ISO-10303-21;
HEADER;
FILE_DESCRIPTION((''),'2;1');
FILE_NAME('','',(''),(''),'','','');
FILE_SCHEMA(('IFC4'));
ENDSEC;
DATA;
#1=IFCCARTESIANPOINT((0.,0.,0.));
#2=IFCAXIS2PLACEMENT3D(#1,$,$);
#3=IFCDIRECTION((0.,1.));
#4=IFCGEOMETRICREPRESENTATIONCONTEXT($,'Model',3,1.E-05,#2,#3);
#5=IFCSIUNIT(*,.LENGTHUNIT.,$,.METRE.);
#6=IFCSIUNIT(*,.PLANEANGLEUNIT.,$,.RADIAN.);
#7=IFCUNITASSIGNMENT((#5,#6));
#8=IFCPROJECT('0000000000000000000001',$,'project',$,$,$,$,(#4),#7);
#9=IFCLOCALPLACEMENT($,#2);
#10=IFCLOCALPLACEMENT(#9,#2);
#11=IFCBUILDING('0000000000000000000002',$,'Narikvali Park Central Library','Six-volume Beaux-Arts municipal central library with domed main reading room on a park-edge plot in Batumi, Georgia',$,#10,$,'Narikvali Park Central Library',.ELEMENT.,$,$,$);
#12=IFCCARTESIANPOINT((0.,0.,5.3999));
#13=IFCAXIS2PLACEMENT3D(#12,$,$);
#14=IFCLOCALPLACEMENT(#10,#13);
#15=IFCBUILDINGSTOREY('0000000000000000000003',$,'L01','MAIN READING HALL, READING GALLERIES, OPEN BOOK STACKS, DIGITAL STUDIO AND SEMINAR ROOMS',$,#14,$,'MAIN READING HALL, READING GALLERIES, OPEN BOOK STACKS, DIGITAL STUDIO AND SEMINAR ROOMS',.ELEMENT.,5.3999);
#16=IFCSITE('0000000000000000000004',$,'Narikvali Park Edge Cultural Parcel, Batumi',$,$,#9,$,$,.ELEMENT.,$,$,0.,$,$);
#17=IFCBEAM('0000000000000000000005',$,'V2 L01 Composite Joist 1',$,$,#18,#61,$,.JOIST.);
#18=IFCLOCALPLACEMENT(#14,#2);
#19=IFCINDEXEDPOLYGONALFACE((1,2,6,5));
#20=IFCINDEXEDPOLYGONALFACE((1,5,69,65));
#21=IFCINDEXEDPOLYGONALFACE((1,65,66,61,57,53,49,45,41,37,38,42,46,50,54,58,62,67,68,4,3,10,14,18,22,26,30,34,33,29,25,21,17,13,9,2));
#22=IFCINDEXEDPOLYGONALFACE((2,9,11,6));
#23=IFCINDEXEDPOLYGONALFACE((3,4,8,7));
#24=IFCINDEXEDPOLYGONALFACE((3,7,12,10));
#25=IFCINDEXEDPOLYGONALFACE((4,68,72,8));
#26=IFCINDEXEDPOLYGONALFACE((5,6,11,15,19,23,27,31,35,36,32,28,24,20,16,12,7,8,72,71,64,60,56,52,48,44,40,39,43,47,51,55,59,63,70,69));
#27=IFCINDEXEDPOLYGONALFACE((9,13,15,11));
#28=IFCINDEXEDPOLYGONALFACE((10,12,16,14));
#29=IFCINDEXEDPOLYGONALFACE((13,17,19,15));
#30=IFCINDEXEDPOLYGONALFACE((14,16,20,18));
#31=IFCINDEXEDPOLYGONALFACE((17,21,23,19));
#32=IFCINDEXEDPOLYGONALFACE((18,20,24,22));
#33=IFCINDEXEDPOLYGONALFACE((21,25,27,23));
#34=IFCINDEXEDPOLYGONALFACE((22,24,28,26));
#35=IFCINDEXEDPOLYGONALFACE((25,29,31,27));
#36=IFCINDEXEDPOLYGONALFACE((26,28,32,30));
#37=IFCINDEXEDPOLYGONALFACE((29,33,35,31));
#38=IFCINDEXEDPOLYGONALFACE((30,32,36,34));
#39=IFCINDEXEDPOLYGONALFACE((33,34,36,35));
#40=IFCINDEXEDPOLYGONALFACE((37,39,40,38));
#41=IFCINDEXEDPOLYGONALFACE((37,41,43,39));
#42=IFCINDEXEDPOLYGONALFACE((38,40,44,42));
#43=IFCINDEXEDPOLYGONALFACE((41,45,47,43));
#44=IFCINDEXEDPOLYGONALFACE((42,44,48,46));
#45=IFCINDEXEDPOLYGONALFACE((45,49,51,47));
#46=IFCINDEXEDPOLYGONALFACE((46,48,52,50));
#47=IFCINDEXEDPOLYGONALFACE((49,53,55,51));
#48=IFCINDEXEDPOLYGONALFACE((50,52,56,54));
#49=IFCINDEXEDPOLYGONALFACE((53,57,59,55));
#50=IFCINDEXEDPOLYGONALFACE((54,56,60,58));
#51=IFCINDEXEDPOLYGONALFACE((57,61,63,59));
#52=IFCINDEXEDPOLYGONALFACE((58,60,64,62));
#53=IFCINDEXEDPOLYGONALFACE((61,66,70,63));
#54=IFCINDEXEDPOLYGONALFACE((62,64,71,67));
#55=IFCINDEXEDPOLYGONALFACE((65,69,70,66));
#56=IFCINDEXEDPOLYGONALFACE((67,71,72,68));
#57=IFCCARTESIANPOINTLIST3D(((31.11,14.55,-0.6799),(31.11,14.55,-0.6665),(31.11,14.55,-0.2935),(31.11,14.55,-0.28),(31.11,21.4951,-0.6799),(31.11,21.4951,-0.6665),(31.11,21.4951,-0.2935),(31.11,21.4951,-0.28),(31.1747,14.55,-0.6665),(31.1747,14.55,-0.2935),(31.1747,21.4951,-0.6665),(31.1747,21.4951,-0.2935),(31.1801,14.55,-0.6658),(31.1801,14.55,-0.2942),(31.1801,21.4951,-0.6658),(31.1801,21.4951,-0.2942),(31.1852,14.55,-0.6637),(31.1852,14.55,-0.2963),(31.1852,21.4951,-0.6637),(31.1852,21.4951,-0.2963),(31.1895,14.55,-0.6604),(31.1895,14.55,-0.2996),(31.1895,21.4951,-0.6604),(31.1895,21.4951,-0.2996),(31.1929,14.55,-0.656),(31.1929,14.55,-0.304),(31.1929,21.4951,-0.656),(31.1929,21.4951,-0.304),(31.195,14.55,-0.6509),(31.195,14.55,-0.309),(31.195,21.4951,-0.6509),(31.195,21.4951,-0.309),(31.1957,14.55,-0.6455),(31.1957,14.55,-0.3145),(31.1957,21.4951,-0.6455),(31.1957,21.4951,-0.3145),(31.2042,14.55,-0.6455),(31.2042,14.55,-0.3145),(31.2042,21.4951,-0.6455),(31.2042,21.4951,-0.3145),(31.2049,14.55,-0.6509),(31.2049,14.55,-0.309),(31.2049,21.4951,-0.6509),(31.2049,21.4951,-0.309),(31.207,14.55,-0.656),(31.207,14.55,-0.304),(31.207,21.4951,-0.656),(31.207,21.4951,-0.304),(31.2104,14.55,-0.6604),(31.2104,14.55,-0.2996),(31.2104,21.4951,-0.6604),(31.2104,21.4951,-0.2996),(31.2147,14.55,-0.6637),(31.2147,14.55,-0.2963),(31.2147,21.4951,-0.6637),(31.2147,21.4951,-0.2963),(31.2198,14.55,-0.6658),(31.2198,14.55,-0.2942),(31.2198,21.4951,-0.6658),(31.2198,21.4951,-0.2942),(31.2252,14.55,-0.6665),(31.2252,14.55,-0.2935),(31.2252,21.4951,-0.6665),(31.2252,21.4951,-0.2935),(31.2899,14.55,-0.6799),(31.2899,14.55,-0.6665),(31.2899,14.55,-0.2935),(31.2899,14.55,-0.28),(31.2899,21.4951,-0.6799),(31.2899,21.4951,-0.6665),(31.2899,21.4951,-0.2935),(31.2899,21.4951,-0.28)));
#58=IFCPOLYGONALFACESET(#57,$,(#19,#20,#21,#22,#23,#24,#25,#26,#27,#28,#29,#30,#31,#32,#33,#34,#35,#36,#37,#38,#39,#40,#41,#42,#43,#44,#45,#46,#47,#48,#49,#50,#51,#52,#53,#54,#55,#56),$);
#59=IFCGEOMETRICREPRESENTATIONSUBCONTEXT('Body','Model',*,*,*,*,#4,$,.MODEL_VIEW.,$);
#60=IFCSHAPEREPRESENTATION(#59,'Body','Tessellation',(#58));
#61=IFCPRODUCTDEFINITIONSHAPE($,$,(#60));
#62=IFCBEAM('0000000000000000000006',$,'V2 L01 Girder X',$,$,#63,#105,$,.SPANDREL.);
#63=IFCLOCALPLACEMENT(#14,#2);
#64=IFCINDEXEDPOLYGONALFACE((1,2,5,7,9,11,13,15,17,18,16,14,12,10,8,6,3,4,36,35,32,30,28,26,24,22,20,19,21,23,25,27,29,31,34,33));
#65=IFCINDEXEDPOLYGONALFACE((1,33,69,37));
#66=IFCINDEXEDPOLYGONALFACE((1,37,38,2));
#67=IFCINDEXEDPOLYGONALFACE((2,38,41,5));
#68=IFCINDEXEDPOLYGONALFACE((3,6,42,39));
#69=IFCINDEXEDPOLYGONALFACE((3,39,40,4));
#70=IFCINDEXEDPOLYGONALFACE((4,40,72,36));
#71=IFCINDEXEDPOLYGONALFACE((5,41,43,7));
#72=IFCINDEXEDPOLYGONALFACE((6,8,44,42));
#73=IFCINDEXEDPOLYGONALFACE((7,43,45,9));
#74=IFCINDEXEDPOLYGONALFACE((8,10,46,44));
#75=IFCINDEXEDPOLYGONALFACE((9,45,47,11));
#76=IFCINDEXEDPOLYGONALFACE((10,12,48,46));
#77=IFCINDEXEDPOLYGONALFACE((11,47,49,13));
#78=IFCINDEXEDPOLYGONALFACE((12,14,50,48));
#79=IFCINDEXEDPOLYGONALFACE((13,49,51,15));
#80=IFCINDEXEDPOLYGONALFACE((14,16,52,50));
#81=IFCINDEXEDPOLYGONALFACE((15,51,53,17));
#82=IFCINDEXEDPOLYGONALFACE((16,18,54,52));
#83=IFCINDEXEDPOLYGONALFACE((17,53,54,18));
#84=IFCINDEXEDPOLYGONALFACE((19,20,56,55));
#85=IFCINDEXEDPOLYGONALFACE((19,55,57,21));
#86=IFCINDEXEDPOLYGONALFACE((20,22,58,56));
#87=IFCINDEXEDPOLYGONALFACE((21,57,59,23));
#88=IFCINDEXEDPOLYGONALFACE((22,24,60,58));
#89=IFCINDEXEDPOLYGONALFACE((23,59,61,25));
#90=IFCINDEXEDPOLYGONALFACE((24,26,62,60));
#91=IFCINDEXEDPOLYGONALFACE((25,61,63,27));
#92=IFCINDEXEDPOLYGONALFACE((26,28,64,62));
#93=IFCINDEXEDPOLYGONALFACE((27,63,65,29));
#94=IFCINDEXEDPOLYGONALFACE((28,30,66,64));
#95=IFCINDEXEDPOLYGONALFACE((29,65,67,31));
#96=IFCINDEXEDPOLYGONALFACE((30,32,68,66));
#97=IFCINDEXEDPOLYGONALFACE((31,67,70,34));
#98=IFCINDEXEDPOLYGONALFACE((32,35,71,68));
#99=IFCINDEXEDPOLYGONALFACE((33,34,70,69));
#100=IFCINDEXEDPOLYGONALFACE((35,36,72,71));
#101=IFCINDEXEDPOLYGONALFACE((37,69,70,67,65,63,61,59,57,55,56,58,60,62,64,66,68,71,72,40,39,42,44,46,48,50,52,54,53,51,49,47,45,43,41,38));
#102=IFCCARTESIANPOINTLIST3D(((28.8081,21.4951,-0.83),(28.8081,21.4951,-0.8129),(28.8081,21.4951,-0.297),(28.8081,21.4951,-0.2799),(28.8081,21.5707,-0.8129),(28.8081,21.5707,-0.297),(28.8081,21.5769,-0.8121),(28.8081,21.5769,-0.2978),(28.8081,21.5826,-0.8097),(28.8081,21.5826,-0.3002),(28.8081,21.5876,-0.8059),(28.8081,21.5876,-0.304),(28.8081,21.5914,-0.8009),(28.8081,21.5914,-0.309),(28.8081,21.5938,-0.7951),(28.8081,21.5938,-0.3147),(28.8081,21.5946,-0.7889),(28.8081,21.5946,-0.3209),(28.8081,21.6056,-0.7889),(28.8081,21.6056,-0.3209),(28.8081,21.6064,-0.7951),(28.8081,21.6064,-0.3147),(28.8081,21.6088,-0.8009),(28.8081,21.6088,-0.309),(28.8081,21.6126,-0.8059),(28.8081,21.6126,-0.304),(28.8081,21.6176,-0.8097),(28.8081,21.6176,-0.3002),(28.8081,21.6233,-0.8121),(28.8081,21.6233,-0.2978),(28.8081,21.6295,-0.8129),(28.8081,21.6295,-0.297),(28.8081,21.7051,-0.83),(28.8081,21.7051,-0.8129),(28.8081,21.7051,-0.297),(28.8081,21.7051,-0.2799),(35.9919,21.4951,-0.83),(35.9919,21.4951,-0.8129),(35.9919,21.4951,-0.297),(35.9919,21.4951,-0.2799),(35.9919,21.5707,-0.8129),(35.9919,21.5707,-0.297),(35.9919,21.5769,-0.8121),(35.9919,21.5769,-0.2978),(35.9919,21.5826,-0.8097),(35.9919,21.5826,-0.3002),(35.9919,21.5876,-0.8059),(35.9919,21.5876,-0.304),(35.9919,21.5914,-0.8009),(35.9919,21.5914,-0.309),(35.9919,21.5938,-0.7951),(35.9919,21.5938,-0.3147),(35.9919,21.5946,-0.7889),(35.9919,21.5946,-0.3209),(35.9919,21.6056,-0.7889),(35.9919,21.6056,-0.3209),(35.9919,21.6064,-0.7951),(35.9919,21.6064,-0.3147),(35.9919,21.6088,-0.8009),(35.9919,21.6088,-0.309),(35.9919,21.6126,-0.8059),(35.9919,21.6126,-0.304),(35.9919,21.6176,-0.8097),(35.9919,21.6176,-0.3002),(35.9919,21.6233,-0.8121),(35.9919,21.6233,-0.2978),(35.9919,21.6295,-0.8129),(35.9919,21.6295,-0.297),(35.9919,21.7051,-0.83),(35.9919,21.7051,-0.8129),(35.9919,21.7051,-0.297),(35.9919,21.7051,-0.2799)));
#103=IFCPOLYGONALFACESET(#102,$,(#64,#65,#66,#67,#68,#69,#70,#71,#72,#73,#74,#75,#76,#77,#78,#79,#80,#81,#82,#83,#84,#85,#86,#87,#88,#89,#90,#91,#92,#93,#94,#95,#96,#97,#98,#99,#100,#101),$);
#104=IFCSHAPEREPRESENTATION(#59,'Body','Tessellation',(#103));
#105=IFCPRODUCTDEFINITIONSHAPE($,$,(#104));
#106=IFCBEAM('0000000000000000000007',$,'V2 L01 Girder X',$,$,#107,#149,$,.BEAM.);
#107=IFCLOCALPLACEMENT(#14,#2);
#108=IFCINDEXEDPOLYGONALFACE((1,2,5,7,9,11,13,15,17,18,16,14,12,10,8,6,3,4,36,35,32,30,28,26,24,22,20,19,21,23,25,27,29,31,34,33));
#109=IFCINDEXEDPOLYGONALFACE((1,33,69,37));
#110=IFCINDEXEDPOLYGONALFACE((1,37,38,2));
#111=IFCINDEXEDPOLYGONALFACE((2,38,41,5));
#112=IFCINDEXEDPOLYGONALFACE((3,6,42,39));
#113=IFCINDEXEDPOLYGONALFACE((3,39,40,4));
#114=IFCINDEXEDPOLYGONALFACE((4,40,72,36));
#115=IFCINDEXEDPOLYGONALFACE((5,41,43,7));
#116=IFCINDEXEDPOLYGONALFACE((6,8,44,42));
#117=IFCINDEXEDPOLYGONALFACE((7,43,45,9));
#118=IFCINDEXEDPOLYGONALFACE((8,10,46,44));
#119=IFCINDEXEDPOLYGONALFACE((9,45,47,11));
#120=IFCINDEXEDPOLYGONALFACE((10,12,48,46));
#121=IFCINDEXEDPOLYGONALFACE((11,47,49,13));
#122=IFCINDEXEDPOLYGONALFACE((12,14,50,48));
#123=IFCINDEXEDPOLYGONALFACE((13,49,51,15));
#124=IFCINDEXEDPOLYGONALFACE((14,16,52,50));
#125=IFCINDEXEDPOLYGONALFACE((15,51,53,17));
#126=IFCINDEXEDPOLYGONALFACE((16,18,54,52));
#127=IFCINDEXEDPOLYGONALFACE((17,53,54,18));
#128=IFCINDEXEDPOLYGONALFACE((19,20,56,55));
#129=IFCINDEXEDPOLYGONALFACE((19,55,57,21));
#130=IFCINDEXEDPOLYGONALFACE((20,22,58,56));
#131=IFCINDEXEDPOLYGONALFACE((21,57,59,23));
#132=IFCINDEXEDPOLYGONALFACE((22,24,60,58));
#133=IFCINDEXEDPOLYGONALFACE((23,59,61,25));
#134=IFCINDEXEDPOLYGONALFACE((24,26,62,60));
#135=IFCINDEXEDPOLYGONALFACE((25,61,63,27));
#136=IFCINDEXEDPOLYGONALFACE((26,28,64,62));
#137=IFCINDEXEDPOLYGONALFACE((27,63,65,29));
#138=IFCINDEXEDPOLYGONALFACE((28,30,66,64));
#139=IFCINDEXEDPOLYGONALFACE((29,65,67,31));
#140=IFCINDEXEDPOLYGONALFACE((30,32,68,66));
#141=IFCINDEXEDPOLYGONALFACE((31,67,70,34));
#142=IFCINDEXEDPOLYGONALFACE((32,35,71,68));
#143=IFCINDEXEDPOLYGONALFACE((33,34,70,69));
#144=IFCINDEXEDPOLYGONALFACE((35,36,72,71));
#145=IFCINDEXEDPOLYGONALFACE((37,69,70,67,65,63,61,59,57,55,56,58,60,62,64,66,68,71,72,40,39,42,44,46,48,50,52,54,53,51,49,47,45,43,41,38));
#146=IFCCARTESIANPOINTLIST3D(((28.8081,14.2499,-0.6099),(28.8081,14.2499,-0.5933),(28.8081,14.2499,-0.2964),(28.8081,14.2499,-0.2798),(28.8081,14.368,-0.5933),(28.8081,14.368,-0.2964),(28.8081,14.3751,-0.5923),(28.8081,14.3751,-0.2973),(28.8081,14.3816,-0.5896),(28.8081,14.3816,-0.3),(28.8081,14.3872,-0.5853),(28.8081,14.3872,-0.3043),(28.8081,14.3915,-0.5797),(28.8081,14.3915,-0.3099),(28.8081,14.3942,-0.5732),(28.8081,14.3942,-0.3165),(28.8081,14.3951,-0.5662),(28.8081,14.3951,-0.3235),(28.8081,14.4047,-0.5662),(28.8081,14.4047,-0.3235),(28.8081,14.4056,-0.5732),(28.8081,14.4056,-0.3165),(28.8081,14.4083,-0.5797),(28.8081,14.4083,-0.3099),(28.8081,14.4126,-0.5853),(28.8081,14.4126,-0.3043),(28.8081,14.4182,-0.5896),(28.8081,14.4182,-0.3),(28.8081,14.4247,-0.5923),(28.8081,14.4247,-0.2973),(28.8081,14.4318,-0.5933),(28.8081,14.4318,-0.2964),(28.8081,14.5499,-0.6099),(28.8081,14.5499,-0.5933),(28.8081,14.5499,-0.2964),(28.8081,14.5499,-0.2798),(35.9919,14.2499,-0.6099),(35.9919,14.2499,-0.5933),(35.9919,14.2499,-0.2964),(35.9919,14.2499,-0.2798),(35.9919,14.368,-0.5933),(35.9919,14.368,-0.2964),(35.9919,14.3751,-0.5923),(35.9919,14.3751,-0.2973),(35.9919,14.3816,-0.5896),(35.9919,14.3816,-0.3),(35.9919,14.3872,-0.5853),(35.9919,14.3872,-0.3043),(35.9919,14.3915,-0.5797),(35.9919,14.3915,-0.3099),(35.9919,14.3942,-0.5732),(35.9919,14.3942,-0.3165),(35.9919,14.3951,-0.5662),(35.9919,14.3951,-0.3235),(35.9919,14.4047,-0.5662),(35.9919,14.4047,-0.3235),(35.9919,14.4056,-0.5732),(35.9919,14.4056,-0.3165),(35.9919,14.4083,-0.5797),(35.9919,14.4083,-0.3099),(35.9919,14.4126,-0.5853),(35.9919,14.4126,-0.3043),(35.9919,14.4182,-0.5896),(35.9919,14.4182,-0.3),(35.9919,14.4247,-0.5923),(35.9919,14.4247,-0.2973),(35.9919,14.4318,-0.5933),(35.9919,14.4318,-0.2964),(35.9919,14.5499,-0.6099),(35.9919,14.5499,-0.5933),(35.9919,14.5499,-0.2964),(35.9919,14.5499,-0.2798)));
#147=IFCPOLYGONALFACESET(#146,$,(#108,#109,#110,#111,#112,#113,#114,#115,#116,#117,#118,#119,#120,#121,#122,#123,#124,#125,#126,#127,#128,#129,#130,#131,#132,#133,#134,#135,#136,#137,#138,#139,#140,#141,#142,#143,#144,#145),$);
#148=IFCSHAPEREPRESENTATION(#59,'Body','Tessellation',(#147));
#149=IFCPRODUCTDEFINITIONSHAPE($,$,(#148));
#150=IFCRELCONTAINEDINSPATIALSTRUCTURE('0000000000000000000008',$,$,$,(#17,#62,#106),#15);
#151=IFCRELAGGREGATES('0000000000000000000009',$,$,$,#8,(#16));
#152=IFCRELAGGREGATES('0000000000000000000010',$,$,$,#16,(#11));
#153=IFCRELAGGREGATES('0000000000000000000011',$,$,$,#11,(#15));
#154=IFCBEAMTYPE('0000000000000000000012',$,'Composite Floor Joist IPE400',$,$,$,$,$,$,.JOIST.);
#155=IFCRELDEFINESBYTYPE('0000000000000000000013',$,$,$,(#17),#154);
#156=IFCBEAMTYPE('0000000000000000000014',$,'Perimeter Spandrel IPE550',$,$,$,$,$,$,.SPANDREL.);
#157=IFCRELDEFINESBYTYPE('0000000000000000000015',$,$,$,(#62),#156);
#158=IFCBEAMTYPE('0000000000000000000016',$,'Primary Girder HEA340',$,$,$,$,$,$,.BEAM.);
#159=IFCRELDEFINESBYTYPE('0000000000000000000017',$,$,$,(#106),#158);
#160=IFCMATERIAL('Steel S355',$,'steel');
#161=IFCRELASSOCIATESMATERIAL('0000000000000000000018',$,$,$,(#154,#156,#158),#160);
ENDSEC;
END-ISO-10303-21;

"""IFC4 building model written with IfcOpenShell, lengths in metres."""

from ifc_helpers import new_model, si_unit, direction, frame, origin, origin_2d, place, context, subcontext, project, spatial, i_section, extrude, material, material_profile, profile_set, type_object, element, save


model = new_model("IFC4")

# Units and contexts
model_context = context("Model", 3, precision=1e-05, world=origin(), true_north=direction((0.0, 1.0)))
body_context = subcontext(model_context, "Body", "Model", "MODEL_VIEW")
ifc_project = project(units=[si_unit("LENGTHUNIT", "METRE"), si_unit("PLANEANGLEUNIT", "RADIAN")], contexts=[model_context])

# Site, building, storey
site_placement = place(None, origin())
site = spatial("IfcSite", under=ifc_project, at=site_placement, Name="Narikvali Park Edge Cultural Parcel, Batumi", CompositionType="ELEMENT", RefElevation=0.0)
building_placement = place(site_placement, origin())
building = spatial("IfcBuilding", under=site, at=building_placement, Name="Narikvali Park Central Library", Description="Six-volume Beaux-Arts municipal central library with domed main reading room on a park-edge plot in Batumi, Georgia", LongName="Narikvali Park Central Library", CompositionType="ELEMENT")
storey_placement = place(building_placement, frame((0.0, 0.0, 5.3999)))
storey = spatial("IfcBuildingStorey", under=building, at=storey_placement, Name="L01", Description="MAIN READING HALL, READING GALLERIES, OPEN BOOK STACKS, DIGITAL STUDIO AND SEMINAR ROOMS", LongName="MAIN READING HALL, READING GALLERIES, OPEN BOOK STACKS, DIGITAL STUDIO AND SEMINAR ROOMS", CompositionType="ELEMENT", Elevation=5.3999)

# Shared definitions
ifc_material_1 = material(Name="Steel S355", Category="steel")

# Beams
ifc_material_profile_1 = material_profile(ifc_material_1, i_section(OverallWidth=0.1799, OverallDepth=0.3999, WebThickness=0.0085, FlangeThickness=0.0134, FilletRadius=0.021, at=origin_2d()), Name="IPE 400")
ifc_profile_set_1 = profile_set([ifc_material_profile_1], Name="Steel S355")
beam_type_1 = type_object("IfcBeamType", Name="Composite Floor Joist IPE400", PredefinedType="JOIST", material=ifc_profile_set_1)
for number, where, z_axis, x_axis, name in (
    (1, (31.2, 14.55, -0.48), (0.0, 1.0, 0.0), (-1.0, 0.0, 0.0), "V2 L01 Composite Joist 1"),
):
    element("IfcBeam", number, at=place(storey_placement, frame(where, z_axis=z_axis, x_axis=x_axis)), inside=storey, type_object=beam_type_1, Name=name, PredefinedType="JOIST", context=body_context, shape_type="SweptSolid", body=[
        extrude(i_section(OverallWidth=0.1799, OverallDepth=0.3999, WebThickness=0.0085, FlangeThickness=0.0134, FilletRadius=0.021, at=origin_2d()), origin(), (0.0, 0.0, 1.0), 6.9451),
    ])
ifc_material_profile_2 = material_profile(ifc_material_1, i_section(OverallWidth=0.21, OverallDepth=0.55, WebThickness=0.011, FlangeThickness=0.0171, FilletRadius=0.0239, at=origin_2d()), Name="IPE 550")
ifc_profile_set_2 = profile_set([ifc_material_profile_2], Name="Steel S355")
beam_type_2 = type_object("IfcBeamType", Name="Perimeter Spandrel IPE550", PredefinedType="SPANDREL", material=ifc_profile_set_2)
beam_1_placement = place(storey_placement, frame((28.8081, 21.6001, -0.5549), z_axis=(1.0, 0.0, 0.0), x_axis=(0.0, 1.0, 0.0)))
element("IfcBeam", 2, at=beam_1_placement, inside=storey, type_object=beam_type_2, Name="V2 L01 Girder X", PredefinedType="SPANDREL", context=body_context, shape_type="SweptSolid", body=[
    extrude(i_section(OverallWidth=0.21, OverallDepth=0.55, WebThickness=0.011, FlangeThickness=0.0171, FilletRadius=0.0239, at=origin_2d()), origin(), (0.0, 0.0, 1.0), 7.1838),
])
ifc_material_profile_3 = material_profile(ifc_material_1, i_section(OverallWidth=0.3, OverallDepth=0.3301, WebThickness=0.0095, FlangeThickness=0.0166, FilletRadius=0.0271, at=origin_2d()), Name="HEA 340")
ifc_profile_set_3 = profile_set([ifc_material_profile_3], Name="Steel S355")
beam_type_3 = type_object("IfcBeamType", Name="Primary Girder HEA340", PredefinedType="BEAM", material=ifc_profile_set_3)
beam_2_placement = place(storey_placement, frame((28.8081, 14.3999, -0.4448), z_axis=(1.0, 0.0, 0.0), x_axis=(0.0, 1.0, 0.0)))
element("IfcBeam", 3, at=beam_2_placement, inside=storey, type_object=beam_type_3, Name="V2 L01 Girder X", PredefinedType="BEAM", context=body_context, shape_type="SweptSolid", body=[
    extrude(i_section(OverallWidth=0.3, OverallDepth=0.3301, WebThickness=0.0095, FlangeThickness=0.0166, FilletRadius=0.0271, at=origin_2d()), origin(), (0.0, 0.0, 1.0), 7.1838),
])

save(model, "model.ifc")
